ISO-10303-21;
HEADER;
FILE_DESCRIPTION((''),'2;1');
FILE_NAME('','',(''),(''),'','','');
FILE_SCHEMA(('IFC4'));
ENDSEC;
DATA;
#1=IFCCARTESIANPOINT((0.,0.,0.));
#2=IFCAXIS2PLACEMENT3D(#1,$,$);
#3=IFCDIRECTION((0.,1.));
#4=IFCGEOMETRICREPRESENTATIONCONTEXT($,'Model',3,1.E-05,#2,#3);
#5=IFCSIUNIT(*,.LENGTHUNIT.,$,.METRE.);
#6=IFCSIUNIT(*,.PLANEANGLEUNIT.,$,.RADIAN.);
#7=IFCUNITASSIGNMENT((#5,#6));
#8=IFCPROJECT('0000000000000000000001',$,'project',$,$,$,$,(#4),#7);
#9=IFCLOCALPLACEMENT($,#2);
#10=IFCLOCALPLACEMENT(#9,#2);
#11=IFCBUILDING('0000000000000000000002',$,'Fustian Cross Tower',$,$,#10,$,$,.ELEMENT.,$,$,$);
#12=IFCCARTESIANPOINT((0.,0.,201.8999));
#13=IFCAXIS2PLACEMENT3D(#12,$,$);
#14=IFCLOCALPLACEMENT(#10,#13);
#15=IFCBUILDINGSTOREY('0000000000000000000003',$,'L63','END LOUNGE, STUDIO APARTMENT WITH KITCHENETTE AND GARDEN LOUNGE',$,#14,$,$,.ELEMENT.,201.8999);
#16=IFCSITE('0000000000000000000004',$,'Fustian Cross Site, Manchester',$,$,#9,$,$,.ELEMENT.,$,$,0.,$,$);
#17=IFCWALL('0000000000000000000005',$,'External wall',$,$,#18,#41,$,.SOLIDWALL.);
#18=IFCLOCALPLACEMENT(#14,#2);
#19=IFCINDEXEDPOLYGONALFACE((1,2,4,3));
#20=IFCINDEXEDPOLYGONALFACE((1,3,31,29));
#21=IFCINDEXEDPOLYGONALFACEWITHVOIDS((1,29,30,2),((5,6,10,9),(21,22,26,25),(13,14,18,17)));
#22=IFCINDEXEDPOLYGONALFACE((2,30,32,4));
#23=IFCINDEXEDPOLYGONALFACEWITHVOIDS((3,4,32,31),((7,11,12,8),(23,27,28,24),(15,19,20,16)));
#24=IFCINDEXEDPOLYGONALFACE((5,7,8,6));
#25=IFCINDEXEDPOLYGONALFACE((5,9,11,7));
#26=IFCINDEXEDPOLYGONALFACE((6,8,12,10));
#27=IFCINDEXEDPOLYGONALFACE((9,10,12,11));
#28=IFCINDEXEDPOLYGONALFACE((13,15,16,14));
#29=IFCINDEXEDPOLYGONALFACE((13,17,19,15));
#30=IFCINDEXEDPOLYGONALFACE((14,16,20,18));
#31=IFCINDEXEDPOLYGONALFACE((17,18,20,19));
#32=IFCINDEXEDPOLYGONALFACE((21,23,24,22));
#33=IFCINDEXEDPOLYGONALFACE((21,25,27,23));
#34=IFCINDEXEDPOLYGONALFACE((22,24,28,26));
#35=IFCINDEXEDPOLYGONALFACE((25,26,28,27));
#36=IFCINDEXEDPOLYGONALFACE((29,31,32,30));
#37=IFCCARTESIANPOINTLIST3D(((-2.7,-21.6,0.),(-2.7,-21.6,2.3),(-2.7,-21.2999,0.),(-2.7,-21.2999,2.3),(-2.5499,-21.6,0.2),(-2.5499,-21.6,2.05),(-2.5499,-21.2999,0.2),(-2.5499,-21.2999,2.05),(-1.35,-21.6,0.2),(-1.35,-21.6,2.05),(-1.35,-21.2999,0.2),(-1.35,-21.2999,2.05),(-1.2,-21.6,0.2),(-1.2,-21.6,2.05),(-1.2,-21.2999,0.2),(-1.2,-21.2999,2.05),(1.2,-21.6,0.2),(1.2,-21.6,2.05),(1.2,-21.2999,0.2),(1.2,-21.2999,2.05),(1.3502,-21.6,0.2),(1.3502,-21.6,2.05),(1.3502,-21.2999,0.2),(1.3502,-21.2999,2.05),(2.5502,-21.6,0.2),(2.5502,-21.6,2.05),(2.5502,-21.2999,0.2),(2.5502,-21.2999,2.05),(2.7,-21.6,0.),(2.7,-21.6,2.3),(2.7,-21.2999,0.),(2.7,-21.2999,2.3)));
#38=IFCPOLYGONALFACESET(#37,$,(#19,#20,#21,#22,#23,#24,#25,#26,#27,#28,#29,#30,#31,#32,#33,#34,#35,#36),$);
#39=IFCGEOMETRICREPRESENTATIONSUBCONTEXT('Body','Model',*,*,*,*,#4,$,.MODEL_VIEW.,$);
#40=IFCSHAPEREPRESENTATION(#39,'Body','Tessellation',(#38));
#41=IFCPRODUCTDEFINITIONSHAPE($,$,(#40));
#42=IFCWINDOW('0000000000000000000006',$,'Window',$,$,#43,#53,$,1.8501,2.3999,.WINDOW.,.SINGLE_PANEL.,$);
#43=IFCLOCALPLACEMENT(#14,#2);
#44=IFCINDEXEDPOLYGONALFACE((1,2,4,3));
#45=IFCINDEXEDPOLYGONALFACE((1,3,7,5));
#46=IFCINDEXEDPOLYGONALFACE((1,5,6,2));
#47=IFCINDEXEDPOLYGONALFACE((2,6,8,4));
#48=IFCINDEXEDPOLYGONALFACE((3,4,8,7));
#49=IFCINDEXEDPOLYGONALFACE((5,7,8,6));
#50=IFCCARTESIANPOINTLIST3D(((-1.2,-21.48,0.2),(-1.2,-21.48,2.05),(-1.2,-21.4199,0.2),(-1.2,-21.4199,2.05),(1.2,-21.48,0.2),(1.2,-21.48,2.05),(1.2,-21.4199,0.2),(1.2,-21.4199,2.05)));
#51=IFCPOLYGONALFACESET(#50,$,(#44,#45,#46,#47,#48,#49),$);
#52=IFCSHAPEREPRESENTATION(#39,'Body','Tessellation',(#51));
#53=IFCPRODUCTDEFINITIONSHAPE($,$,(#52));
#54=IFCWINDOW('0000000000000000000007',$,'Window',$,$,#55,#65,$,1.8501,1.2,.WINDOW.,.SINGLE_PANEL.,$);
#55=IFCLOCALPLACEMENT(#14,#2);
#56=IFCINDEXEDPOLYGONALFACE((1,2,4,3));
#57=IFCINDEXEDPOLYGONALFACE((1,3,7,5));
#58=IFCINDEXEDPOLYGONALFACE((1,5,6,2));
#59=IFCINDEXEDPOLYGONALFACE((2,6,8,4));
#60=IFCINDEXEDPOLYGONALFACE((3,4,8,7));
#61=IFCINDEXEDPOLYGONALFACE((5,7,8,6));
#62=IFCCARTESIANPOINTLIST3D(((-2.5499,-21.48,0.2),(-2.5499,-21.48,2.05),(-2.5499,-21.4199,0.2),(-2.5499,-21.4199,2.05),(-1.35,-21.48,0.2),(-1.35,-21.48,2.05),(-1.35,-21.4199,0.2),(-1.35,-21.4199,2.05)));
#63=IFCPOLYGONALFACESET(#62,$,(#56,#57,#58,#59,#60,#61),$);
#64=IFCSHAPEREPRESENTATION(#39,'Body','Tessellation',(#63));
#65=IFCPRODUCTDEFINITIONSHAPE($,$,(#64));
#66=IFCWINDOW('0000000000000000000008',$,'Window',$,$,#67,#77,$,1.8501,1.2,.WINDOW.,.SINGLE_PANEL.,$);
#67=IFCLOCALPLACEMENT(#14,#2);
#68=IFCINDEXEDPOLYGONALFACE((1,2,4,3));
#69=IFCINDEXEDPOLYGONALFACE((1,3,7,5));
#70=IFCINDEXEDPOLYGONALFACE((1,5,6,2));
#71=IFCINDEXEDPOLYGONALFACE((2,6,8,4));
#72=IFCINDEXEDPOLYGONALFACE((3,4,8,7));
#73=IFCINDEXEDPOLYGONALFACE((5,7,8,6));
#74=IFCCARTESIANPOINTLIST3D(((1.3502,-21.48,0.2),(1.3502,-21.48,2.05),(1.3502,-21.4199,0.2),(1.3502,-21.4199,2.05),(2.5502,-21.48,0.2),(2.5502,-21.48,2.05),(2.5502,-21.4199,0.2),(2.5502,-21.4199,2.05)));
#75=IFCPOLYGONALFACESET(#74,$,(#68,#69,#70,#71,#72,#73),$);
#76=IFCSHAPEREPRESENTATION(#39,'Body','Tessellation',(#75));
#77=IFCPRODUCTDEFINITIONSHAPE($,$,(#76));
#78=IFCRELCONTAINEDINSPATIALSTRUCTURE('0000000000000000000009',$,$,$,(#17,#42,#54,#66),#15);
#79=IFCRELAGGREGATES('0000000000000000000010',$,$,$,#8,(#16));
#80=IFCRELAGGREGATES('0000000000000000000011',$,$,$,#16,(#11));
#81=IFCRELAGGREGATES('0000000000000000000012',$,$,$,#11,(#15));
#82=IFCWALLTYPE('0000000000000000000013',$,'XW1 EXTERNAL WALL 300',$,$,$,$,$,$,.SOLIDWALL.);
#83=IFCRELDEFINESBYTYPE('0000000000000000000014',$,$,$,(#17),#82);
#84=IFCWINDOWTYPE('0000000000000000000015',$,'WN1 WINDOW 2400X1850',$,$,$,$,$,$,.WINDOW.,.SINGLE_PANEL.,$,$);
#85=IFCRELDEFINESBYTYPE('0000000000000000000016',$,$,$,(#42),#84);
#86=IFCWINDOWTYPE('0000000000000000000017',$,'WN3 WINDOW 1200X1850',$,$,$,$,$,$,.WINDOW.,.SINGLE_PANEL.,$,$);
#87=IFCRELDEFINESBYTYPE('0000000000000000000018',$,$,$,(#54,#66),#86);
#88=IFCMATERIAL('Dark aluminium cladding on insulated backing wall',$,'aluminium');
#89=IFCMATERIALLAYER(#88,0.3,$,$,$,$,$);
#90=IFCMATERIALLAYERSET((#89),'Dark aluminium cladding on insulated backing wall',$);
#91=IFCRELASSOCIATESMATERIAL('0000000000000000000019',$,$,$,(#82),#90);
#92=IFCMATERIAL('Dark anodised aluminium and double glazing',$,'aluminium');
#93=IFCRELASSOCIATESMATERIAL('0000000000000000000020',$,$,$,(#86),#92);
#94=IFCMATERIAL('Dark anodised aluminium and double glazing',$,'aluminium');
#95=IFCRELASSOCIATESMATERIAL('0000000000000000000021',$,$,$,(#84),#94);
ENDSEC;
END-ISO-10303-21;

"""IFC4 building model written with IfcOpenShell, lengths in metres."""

from ifc_helpers import new_model, si_unit, direction, frame, frame_2d, origin, place, context, subcontext, project, spatial, rectangle, extrude, material, layer, layer_set, type_object, element, fill, save


model = new_model("IFC4")

# Units and contexts
model_context = context("Model", 3, precision=1e-05, world=origin(), true_north=direction((0.0, 1.0)))
body_context = subcontext(model_context, "Body", "Model", "MODEL_VIEW")
ifc_project = project(units=[si_unit("LENGTHUNIT", "METRE"), si_unit("PLANEANGLEUNIT", "RADIAN")], contexts=[model_context])

# Site, building, storey
site_placement = place(None, origin())
site = spatial("IfcSite", under=ifc_project, at=site_placement, Name="Fustian Cross Site, Manchester", CompositionType="ELEMENT", RefElevation=0.0)
building_placement = place(site_placement, origin())
building = spatial("IfcBuilding", under=site, at=building_placement, Name="Fustian Cross Tower", CompositionType="ELEMENT")
storey_placement = place(building_placement, frame((0.0, 0.0, 201.8999)))
storey = spatial("IfcBuildingStorey", under=building, at=storey_placement, Name="L63", Description="END LOUNGE, STUDIO APARTMENT WITH KITCHENETTE AND GARDEN LOUNGE", CompositionType="ELEMENT", Elevation=201.8999)

# Shared definitions
ifc_material_1 = material(Name="Dark aluminium cladding on insulated backing wall", Category="aluminium")
ifc_layer_1 = layer(ifc_material_1, 0.3)
ifc_layer_set_1 = layer_set([ifc_layer_1], Name="Dark aluminium cladding on insulated backing wall")
wall_type_1 = type_object("IfcWallType", Name="XW1 EXTERNAL WALL 300", PredefinedType="SOLIDWALL", material=ifc_layer_set_1)
ifc_material_2 = material(Name="Dark anodised aluminium and double glazing", Category="aluminium")
window_type_1 = type_object("IfcWindowType", Name="WN3 WINDOW 1200X1850", PartitioningType="SINGLE_PANEL", PredefinedType="WINDOW", material=ifc_material_2)

# Wall, openings, windows
wall_1_placement = place(storey_placement, frame((-2.7, -21.45, 0.0), z_axis=(0.0, 0.0, 1.0), x_axis=(1.0, 0.0, 0.0)))
wall_1 = element("IfcWall", 1, at=wall_1_placement, inside=storey, type_object=wall_type_1, Name="External wall", PredefinedType="SOLIDWALL", context=body_context, shape_type="SweptSolid", body=[
    extrude(rectangle(XDim=5.3999, YDim=0.3, at=frame_2d((2.7, 0.0))), origin(), (0.0, 0.0, 1.0), 2.3),
])
opening_1_placement = place(wall_1_placement, frame((1.5, 0.0, 0.2)))
opening_1 = element("IfcOpeningElement", 2, at=opening_1_placement, cuts=wall_1, PredefinedType="OPENING", context=body_context, shape_type="SweptSolid", body=[
    extrude(rectangle(XDim=2.3999, YDim=1.8501, at=frame_2d((1.2, 0.925))), frame((0.0, 0.1599, 0.0), z_axis=(0.0, -1.0, 0.0), x_axis=(1.0, 0.0, 0.0)), (0.0, 0.0, 1.0), 0.3201),
])
opening_2_placement = place(wall_1_placement, frame((0.1499, 0.0, 0.2)))
opening_2 = element("IfcOpeningElement", 3, at=opening_2_placement, cuts=wall_1, PredefinedType="OPENING", context=body_context, shape_type="SweptSolid", body=[
    extrude(rectangle(XDim=1.2, YDim=1.8501, at=frame_2d((0.6001, 0.925))), frame((0.0, 0.1599, 0.0), z_axis=(0.0, -1.0, 0.0), x_axis=(1.0, 0.0, 0.0)), (0.0, 0.0, 1.0), 0.3201),
])
opening_3_placement = place(wall_1_placement, frame((4.05, 0.0, 0.2)))
opening_3 = element("IfcOpeningElement", 4, at=opening_3_placement, cuts=wall_1, PredefinedType="OPENING", context=body_context, shape_type="SweptSolid", body=[
    extrude(rectangle(XDim=1.2, YDim=1.8501, at=frame_2d((0.6001, 0.925))), frame((0.0, 0.1599, 0.0), z_axis=(0.0, -1.0, 0.0), x_axis=(1.0, 0.0, 0.0)), (0.0, 0.0, 1.0), 0.3201),
])
ifc_material_3 = material(Name="Dark anodised aluminium and double glazing", Category="aluminium")
window_type_2 = type_object("IfcWindowType", Name="WN1 WINDOW 2400X1850", PartitioningType="SINGLE_PANEL", PredefinedType="WINDOW", material=ifc_material_3)
window_1_placement = place(opening_1_placement, origin())
window_1 = element("IfcWindow", 5, at=window_1_placement, inside=storey, type_object=window_type_2, Name="Window", OverallHeight=1.8501, OverallWidth=2.3999, PartitioningType="SINGLE_PANEL", PredefinedType="WINDOW", context=body_context, shape_type="SweptSolid", body=[
    extrude(rectangle(XDim=2.3999, YDim=1.8501, at=frame_2d((1.2, 0.925))), frame((0.0, 0.03, 0.0), z_axis=(0.0, -1.0, 0.0), x_axis=(1.0, 0.0, 0.0)), (0.0, 0.0, 1.0), 0.0601),
])
fill(opening_1, window_1)
window_2_placement = place(opening_2_placement, origin())
window_2 = element("IfcWindow", 6, at=window_2_placement, inside=storey, type_object=window_type_1, Name="Window", OverallHeight=1.8501, OverallWidth=1.2, PartitioningType="SINGLE_PANEL", PredefinedType="WINDOW", context=body_context, shape_type="SweptSolid", body=[
    extrude(rectangle(XDim=1.2, YDim=1.8501, at=frame_2d((0.6001, 0.925))), frame((0.0, 0.03, 0.0), z_axis=(0.0, -1.0, 0.0), x_axis=(1.0, 0.0, 0.0)), (0.0, 0.0, 1.0), 0.0601),
])
fill(opening_2, window_2)
window_3_placement = place(opening_3_placement, origin())
window_3 = element("IfcWindow", 7, at=window_3_placement, inside=storey, type_object=window_type_1, Name="Window", OverallHeight=1.8501, OverallWidth=1.2, PartitioningType="SINGLE_PANEL", PredefinedType="WINDOW", context=body_context, shape_type="SweptSolid", body=[
    extrude(rectangle(XDim=1.2, YDim=1.8501, at=frame_2d((0.6001, 0.925))), frame((0.0, 0.03, 0.0), z_axis=(0.0, -1.0, 0.0), x_axis=(1.0, 0.0, 0.0)), (0.0, 0.0, 1.0), 0.0601),
])
fill(opening_3, window_3)

save(model, "model.ifc")
